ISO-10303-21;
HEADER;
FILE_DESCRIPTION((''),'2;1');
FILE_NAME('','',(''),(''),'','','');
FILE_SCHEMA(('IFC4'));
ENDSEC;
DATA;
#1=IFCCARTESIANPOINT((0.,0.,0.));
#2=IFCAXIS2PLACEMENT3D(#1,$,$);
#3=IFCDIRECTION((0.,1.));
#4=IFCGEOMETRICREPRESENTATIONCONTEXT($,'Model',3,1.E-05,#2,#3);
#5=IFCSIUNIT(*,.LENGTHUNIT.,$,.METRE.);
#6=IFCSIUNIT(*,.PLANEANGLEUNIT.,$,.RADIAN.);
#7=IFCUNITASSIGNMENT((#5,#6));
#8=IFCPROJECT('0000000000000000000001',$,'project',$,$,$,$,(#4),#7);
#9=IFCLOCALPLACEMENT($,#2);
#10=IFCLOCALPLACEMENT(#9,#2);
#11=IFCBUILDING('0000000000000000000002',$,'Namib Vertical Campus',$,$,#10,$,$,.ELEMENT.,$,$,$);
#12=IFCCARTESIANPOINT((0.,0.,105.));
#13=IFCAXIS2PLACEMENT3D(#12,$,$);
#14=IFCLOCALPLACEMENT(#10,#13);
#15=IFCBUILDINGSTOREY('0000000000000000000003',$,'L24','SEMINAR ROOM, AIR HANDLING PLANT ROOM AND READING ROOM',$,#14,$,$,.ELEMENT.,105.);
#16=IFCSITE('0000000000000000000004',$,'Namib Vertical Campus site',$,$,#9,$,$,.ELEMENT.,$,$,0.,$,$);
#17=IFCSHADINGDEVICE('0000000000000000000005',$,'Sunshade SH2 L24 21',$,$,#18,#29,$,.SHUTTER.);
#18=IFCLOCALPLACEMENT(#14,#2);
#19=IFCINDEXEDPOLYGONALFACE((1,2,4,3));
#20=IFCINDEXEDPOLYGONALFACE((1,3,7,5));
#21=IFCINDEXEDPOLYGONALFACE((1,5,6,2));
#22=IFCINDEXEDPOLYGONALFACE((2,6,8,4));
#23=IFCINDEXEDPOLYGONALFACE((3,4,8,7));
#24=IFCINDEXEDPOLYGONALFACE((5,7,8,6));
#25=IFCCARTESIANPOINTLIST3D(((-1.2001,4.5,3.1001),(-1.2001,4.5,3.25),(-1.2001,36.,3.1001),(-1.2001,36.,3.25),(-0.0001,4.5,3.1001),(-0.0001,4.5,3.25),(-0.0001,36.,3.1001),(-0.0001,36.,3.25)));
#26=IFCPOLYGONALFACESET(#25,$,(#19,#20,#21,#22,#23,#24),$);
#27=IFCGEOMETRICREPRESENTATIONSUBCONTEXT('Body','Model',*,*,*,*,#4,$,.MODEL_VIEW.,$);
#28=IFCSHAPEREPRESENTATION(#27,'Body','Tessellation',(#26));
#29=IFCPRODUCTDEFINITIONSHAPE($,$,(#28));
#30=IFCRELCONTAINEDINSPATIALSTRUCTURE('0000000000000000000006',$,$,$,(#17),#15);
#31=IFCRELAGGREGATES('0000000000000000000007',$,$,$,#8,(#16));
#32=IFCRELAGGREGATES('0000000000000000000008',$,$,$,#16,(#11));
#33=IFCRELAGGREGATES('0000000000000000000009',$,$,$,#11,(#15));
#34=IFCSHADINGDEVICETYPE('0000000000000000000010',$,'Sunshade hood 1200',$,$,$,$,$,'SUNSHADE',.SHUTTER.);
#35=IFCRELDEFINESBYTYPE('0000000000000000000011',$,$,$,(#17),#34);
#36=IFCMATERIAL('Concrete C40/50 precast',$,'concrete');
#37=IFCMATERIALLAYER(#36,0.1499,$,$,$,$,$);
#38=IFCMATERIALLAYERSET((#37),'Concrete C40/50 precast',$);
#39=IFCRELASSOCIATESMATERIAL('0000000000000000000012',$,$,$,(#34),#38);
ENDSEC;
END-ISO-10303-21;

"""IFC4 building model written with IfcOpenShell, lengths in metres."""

from ifc_helpers import new_model, si_unit, direction, frame, origin, origin_2d, place, context, subcontext, project, spatial, rectangle, extrude, material, layer, layer_set, type_object, element, save


model = new_model("IFC4")

# Units and contexts
model_context = context("Model", 3, precision=1e-05, world=origin(), true_north=direction((0.0, 1.0)))
body_context = subcontext(model_context, "Body", "Model", "MODEL_VIEW")
ifc_project = project(units=[si_unit("LENGTHUNIT", "METRE"), si_unit("PLANEANGLEUNIT", "RADIAN")], contexts=[model_context])

# Site, building, storey
site_placement = place(None, origin())
site = spatial("IfcSite", under=ifc_project, at=site_placement, Name="Namib Vertical Campus site", CompositionType="ELEMENT", RefElevation=0.0)
building_placement = place(site_placement, origin())
building = spatial("IfcBuilding", under=site, at=building_placement, Name="Namib Vertical Campus", CompositionType="ELEMENT")
storey_placement = place(building_placement, frame((0.0, 0.0, 105.0)))
storey = spatial("IfcBuildingStorey", under=building, at=storey_placement, Name="L24", Description="SEMINAR ROOM, AIR HANDLING PLANT ROOM AND READING ROOM", CompositionType="ELEMENT", Elevation=105.0)

# Shading device
ifc_material_1 = material(Name="Concrete C40/50 precast", Category="concrete")
ifc_layer_1 = layer(ifc_material_1, 0.1499)
ifc_layer_set_1 = layer_set([ifc_layer_1], Name="Concrete C40/50 precast")
shading_device_type = type_object("IfcShadingDeviceType", Name="Sunshade hood 1200", ElementType="SUNSHADE", PredefinedType="SHUTTER", material=ifc_layer_set_1)
shading_device_placement = place(storey_placement, frame((-0.6001, 20.25, 3.1001), z_axis=(0.0, 0.0, 1.0), x_axis=(0.0, -1.0, 0.0)))
element("IfcShadingDevice", 1, at=shading_device_placement, inside=storey, type_object=shading_device_type, Name="Sunshade SH2 L24 21", PredefinedType="SHUTTER", context=body_context, shape_type="SweptSolid", body=[
    extrude(rectangle(XDim=31.5, YDim=1.2, at=origin_2d()), origin(), (0.0, 0.0, 1.0), 0.1499),
])

save(model, "model.ifc")
